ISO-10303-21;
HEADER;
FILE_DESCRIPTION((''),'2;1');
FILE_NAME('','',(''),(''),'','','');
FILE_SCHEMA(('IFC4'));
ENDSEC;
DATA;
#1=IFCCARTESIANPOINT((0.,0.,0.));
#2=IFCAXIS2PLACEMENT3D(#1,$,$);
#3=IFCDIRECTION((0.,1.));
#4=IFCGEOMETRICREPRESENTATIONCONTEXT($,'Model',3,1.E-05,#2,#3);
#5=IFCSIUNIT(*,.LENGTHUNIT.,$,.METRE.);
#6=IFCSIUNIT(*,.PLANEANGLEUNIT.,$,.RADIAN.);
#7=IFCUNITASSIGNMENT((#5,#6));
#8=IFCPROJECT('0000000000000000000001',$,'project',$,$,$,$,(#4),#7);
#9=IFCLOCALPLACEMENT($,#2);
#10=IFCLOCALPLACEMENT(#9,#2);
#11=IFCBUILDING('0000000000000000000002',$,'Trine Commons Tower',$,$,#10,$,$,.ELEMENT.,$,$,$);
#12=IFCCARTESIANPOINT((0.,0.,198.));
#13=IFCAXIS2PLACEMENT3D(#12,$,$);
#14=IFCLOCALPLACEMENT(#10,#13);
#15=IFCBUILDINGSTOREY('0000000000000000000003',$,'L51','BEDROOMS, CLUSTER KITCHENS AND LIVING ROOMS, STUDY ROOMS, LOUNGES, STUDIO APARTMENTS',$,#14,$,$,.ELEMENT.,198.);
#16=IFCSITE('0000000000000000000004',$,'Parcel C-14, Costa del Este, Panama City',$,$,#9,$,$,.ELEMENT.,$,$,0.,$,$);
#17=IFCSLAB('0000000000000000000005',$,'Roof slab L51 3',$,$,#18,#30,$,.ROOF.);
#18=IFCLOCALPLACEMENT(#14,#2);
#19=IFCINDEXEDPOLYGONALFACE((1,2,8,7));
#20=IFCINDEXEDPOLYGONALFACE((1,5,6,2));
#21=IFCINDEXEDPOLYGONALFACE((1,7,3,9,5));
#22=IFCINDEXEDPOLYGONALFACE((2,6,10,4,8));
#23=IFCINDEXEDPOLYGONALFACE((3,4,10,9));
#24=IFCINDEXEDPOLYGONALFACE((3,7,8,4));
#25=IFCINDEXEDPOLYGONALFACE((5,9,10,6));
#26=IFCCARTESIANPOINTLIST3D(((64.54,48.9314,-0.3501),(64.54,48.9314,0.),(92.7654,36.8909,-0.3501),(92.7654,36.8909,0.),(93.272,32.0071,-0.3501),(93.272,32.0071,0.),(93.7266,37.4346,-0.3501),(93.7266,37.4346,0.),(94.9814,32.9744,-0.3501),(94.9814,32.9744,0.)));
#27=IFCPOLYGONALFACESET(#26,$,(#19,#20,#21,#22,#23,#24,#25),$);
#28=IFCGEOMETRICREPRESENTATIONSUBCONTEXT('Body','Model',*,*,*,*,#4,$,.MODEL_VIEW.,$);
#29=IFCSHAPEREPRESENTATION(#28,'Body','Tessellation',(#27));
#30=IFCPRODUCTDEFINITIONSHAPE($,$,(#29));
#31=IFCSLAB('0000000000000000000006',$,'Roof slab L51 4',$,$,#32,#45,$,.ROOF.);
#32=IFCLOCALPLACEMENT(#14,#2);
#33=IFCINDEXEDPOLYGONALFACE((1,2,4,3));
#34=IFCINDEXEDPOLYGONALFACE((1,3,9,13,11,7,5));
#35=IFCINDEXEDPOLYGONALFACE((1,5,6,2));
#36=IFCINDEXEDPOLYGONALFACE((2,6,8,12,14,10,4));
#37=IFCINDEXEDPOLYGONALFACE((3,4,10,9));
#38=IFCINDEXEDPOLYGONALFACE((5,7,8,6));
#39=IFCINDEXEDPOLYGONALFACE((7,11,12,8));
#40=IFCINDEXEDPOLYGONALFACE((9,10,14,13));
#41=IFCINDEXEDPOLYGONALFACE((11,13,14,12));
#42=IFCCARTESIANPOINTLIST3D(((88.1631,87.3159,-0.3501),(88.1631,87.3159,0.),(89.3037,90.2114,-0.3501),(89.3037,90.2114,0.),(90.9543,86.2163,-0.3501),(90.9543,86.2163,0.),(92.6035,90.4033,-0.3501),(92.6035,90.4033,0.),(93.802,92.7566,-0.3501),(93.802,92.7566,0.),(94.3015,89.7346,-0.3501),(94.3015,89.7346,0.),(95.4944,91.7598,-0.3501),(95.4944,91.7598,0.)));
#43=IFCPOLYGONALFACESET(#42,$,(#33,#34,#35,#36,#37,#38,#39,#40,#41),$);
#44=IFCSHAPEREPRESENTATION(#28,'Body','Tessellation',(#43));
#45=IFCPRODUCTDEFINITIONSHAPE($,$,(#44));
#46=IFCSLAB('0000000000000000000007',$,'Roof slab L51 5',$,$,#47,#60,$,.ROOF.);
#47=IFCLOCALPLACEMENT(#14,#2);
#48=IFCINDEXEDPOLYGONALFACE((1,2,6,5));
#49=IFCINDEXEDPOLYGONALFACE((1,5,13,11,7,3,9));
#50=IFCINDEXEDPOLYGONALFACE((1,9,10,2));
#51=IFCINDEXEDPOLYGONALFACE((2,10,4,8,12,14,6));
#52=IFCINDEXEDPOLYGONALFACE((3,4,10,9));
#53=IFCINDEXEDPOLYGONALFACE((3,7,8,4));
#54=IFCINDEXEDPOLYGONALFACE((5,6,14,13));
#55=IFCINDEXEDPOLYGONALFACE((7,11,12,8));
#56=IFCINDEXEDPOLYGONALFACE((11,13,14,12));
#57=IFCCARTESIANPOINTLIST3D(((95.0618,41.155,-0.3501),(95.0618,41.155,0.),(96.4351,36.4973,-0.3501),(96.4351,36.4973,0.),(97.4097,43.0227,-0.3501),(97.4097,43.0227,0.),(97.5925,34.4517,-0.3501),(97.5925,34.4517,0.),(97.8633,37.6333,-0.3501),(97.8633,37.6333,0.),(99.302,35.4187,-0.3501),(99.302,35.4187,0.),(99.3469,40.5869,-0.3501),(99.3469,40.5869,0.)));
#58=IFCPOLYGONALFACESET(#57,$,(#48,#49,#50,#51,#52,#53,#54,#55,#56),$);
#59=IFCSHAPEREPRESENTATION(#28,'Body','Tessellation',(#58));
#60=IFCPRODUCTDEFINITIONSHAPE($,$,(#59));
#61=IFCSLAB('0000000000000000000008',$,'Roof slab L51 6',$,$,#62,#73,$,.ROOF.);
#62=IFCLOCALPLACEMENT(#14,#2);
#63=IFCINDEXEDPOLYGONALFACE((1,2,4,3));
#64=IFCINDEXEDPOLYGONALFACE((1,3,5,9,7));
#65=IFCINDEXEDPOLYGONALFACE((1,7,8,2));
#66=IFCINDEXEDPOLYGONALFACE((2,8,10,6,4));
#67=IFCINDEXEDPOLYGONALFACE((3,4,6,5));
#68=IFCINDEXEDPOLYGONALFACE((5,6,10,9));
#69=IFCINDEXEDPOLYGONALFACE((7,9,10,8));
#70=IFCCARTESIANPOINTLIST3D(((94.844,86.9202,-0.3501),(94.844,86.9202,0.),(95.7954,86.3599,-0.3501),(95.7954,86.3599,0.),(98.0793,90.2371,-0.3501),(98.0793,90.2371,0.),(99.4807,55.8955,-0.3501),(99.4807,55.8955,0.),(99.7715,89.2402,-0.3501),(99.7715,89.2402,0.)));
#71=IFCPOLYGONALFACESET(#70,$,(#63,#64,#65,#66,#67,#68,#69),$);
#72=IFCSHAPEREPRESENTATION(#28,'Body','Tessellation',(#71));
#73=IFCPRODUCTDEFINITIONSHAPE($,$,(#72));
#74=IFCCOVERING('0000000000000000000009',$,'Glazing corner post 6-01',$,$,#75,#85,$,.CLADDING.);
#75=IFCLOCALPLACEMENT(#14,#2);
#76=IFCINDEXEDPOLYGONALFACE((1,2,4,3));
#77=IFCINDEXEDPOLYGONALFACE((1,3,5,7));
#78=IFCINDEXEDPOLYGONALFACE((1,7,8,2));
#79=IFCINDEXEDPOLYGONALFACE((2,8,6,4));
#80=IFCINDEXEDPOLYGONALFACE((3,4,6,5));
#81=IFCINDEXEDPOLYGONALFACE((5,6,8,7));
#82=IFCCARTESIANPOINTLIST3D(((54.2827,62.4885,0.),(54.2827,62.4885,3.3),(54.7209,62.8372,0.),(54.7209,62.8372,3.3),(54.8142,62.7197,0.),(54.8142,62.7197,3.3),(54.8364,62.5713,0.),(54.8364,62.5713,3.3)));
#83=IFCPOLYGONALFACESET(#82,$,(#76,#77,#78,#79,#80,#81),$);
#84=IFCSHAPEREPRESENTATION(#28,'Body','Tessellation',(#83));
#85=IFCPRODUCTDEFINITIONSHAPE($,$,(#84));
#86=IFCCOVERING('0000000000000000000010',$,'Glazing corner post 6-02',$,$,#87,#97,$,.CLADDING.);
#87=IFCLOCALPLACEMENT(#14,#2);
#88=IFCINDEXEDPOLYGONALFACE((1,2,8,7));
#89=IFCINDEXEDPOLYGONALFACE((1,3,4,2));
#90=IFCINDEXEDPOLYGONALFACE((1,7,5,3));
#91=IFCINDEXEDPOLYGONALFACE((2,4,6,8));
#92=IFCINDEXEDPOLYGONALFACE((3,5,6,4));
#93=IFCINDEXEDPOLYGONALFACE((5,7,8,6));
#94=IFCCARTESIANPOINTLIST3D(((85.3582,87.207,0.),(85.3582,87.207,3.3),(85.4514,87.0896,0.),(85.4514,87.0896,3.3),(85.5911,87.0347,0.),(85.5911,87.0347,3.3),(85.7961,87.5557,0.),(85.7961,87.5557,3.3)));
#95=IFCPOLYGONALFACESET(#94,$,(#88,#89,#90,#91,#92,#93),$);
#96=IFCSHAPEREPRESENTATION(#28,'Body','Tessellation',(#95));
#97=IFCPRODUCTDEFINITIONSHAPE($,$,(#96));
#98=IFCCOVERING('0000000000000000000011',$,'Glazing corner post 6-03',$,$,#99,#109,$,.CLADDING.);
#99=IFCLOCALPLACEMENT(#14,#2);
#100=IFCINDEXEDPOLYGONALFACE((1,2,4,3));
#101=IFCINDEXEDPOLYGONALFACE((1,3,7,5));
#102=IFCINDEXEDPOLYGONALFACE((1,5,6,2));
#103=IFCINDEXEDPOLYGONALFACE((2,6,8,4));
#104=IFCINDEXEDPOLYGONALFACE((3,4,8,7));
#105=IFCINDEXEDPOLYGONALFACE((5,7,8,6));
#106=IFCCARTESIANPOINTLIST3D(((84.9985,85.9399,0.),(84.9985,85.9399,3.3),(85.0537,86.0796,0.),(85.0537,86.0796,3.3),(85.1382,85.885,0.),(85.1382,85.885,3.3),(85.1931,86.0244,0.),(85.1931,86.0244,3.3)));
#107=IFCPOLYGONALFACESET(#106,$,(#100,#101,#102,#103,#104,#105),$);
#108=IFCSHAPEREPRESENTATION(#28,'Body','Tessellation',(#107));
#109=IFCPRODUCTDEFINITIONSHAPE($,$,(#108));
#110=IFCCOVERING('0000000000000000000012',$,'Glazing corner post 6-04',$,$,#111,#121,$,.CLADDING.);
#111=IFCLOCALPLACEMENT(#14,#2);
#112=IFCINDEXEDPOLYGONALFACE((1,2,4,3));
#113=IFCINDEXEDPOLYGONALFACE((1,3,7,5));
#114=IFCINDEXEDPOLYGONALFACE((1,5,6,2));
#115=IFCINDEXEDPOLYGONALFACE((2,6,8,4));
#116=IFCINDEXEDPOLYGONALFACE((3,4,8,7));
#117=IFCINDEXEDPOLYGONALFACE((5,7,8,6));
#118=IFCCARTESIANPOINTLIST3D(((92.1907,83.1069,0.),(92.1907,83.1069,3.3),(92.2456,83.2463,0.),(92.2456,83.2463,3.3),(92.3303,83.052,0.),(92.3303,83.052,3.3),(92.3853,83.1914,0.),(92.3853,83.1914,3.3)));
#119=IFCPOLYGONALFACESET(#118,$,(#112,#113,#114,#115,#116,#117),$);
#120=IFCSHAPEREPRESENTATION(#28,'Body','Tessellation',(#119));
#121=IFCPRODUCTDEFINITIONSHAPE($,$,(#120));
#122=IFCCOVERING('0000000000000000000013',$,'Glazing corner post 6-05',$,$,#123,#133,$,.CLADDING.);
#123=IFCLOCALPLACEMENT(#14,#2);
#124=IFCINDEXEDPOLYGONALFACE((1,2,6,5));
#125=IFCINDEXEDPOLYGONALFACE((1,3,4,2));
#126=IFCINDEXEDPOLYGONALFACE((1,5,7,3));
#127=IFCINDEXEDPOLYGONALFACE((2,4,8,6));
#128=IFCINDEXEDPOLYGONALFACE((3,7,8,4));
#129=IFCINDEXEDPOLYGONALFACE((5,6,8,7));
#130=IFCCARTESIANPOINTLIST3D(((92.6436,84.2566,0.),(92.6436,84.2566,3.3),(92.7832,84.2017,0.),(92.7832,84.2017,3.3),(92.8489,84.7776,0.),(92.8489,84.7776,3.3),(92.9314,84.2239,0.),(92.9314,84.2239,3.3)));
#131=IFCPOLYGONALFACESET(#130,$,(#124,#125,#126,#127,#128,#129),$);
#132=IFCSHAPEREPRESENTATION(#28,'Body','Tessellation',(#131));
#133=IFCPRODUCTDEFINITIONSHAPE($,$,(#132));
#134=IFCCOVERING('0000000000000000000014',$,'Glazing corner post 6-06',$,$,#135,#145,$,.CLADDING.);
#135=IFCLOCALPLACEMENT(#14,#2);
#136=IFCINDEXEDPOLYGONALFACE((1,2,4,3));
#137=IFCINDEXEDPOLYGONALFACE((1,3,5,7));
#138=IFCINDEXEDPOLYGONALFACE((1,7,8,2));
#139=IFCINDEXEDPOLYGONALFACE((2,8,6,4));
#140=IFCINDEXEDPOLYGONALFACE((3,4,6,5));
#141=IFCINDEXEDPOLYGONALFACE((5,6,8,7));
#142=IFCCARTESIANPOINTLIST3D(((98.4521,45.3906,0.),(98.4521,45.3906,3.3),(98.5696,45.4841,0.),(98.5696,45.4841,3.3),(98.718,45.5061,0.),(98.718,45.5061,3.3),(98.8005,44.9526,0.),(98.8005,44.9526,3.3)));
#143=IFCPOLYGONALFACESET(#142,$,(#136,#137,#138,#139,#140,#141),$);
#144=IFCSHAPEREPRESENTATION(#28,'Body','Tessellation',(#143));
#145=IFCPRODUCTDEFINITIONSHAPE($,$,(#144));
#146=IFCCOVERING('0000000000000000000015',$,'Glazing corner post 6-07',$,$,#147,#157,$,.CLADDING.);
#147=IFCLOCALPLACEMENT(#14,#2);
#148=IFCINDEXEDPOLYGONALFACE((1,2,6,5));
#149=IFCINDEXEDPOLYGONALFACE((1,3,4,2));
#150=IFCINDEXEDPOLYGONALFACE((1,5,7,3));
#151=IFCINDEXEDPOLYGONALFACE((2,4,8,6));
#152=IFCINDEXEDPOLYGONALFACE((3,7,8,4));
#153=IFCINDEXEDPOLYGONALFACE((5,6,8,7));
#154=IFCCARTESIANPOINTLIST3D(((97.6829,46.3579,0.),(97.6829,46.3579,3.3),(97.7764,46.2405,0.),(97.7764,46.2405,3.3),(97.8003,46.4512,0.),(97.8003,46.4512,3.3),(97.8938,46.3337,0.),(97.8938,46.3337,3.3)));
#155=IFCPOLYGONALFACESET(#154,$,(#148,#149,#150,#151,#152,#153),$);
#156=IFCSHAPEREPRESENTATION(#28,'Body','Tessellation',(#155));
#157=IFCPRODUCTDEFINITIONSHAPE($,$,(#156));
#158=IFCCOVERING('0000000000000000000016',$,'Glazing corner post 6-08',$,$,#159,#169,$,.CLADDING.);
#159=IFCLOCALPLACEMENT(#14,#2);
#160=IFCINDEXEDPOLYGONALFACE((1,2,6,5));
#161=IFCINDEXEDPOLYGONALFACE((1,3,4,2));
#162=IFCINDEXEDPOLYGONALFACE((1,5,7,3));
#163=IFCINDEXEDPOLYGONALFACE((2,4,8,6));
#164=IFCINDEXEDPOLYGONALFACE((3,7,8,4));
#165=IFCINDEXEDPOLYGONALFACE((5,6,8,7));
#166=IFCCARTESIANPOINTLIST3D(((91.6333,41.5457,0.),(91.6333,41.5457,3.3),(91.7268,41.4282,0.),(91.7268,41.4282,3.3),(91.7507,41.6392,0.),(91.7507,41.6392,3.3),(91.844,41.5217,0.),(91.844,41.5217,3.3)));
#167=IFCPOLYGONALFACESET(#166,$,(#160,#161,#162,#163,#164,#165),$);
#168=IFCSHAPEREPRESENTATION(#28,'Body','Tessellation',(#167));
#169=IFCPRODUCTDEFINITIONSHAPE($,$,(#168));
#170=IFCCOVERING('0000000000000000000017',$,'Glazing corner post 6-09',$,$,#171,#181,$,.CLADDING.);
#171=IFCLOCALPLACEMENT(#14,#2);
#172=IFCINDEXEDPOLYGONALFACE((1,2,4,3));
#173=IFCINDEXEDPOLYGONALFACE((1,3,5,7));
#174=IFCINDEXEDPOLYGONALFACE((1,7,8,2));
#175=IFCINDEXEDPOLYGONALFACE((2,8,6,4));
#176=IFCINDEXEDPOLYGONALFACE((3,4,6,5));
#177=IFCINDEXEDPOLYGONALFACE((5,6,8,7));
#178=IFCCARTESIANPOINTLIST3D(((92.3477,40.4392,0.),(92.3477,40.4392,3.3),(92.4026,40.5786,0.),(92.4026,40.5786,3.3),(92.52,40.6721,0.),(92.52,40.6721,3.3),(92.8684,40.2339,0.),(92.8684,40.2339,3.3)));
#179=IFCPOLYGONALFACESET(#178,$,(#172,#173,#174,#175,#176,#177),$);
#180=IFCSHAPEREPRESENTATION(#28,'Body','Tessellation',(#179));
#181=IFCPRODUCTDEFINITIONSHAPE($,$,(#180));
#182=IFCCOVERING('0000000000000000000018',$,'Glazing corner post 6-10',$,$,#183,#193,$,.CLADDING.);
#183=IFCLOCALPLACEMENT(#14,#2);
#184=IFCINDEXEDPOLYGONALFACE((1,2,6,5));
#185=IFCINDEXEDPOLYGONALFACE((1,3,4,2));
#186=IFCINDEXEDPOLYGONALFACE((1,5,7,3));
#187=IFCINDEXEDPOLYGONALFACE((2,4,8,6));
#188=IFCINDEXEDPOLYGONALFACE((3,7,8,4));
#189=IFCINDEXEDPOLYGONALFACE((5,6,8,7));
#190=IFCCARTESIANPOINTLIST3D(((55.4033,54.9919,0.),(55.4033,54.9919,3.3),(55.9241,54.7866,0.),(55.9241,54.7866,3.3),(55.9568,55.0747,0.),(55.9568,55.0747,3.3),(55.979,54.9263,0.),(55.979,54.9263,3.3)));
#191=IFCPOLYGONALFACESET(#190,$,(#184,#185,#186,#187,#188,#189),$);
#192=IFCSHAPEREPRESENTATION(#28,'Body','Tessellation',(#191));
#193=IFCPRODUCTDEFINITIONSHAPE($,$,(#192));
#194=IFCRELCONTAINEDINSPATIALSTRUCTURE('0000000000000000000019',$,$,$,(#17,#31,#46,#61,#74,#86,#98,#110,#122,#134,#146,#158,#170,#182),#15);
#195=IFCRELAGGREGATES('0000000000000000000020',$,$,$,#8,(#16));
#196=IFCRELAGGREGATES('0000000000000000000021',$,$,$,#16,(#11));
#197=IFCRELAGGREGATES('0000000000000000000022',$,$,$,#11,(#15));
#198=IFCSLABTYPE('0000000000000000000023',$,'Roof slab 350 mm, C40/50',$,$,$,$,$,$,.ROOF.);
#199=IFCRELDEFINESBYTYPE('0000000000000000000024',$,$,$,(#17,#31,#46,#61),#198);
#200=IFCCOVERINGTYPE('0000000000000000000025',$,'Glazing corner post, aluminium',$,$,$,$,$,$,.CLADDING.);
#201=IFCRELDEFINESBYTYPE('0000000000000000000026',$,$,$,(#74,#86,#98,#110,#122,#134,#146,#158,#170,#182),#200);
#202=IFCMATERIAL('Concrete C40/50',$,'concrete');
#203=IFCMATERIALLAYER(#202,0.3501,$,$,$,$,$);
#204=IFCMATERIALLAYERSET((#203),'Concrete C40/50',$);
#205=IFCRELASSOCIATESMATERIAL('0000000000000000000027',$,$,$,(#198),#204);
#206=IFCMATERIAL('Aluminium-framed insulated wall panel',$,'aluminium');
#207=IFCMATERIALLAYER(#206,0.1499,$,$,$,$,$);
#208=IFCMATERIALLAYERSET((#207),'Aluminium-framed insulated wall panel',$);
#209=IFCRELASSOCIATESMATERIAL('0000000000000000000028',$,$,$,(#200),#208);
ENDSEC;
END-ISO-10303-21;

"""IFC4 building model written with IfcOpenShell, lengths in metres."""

from ifc_helpers import new_model, si_unit, direction, frame, origin, place, context, subcontext, project, spatial, polyline, outline, extrude, material, layer, layer_set, type_object, element, save


model = new_model("IFC4")

# Units and contexts
model_context = context("Model", 3, precision=1e-05, world=origin(), true_north=direction((0.0, 1.0)))
body_context = subcontext(model_context, "Body", "Model", "MODEL_VIEW")
ifc_project = project(units=[si_unit("LENGTHUNIT", "METRE"), si_unit("PLANEANGLEUNIT", "RADIAN")], contexts=[model_context])

# Site, building, storey
site_placement = place(None, origin())
site = spatial("IfcSite", under=ifc_project, at=site_placement, Name="Parcel C-14, Costa del Este, Panama City", CompositionType="ELEMENT", RefElevation=0.0)
building_placement = place(site_placement, origin())
building = spatial("IfcBuilding", under=site, at=building_placement, Name="Trine Commons Tower", CompositionType="ELEMENT")
storey_placement = place(building_placement, frame((0.0, 0.0, 198.0)))
storey = spatial("IfcBuildingStorey", under=building, at=storey_placement, Name="L51", Description="BEDROOMS, CLUSTER KITCHENS AND LIVING ROOMS, STUDY ROOMS, LOUNGES, STUDIO APARTMENTS", CompositionType="ELEMENT", Elevation=198.0)

# Slabs
ifc_material_1 = material(Name="Concrete C40/50", Category="concrete")
ifc_layer_1 = layer(ifc_material_1, 0.3501)
ifc_layer_set_1 = layer_set([ifc_layer_1], Name="Concrete C40/50")
slab_type_1 = type_object("IfcSlabType", Name="Roof slab 350 mm, C40/50", PredefinedType="ROOF", material=ifc_layer_set_1)
slab_1_placement = place(storey_placement, frame((0.0, 0.0, -0.3501)))
element("IfcSlab", 1, at=slab_1_placement, inside=storey, type_object=slab_type_1, Name="Roof slab L51 3", PredefinedType="ROOF", context=body_context, shape_type="SweptSolid", body=[
    extrude(outline(polyline([(93.7266, 37.4346), (64.54, 48.9314), (93.272, 32.0071), (94.9814, 32.9744), (92.7654, 36.8909), (93.7266, 37.4346)])), origin(), (0.0, 0.0, 1.0), 0.3501),
])
slab_2_placement = place(storey_placement, frame((0.0, 0.0, -0.3501)))
element("IfcSlab", 2, at=slab_2_placement, inside=storey, type_object=slab_type_1, Name="Roof slab L51 4", PredefinedType="ROOF", context=body_context, shape_type="SweptSolid", body=[
    extrude(outline(polyline([(89.3037, 90.2114), (88.1631, 87.3159), (90.9543, 86.2163), (92.6035, 90.4033), (94.3015, 89.7346), (95.4944, 91.7598), (93.802, 92.7566), (89.3037, 90.2114)])), origin(), (0.0, 0.0, 1.0), 0.3501),
])
slab_3_placement = place(storey_placement, frame((0.0, 0.0, -0.3501)))
element("IfcSlab", 3, at=slab_3_placement, inside=storey, type_object=slab_type_1, Name="Roof slab L51 5", PredefinedType="ROOF", context=body_context, shape_type="SweptSolid", body=[
    extrude(outline(polyline([(99.302, 35.4187), (99.3469, 40.5869), (97.4097, 43.0227), (95.0618, 41.155), (97.8633, 37.6333), (96.4351, 36.4973), (97.5925, 34.4517), (99.302, 35.4187)])), origin(), (0.0, 0.0, 1.0), 0.3501),
])
slab_4_placement = place(storey_placement, frame((0.0, 0.0, -0.3501)))
element("IfcSlab", 4, at=slab_4_placement, inside=storey, type_object=slab_type_1, Name="Roof slab L51 6", PredefinedType="ROOF", context=body_context, shape_type="SweptSolid", body=[
    extrude(outline(polyline([(94.844, 86.9202), (99.4807, 55.8955), (99.7715, 89.2402), (98.0793, 90.2371), (95.7954, 86.3599), (94.844, 86.9202)])), origin(), (0.0, 0.0, 1.0), 0.3501),
])

# Coverings
ifc_material_2 = material(Name="Aluminium-framed insulated wall panel", Category="aluminium")
ifc_layer_2 = layer(ifc_material_2, 0.1499)
ifc_layer_set_2 = layer_set([ifc_layer_2], Name="Aluminium-framed insulated wall panel")
covering_type_1 = type_object("IfcCoveringType", Name="Glazing corner post, aluminium", PredefinedType="CLADDING", material=ifc_layer_set_2)
covering_1_placement = place(storey_placement, origin())
element("IfcCovering", 5, at=covering_1_placement, inside=storey, type_object=covering_type_1, Name="Glazing corner post 6-01", PredefinedType="CLADDING", context=body_context, shape_type="SweptSolid", body=[
    extrude(outline(polyline([(54.8364, 62.5713), (54.8142, 62.7197), (54.7209, 62.8372), (54.2827, 62.4885), (54.8364, 62.5713)])), origin(), (0.0, 0.0, 1.0), 3.3),
])
covering_2_placement = place(storey_placement, origin())
element("IfcCovering", 6, at=covering_2_placement, inside=storey, type_object=covering_type_1, Name="Glazing corner post 6-02", PredefinedType="CLADDING", context=body_context, shape_type="SweptSolid", body=[
    extrude(outline(polyline([(85.4514, 87.0896), (85.4514, 87.0896), (85.5911, 87.0347), (85.7961, 87.5557), (85.3582, 87.207), (85.4514, 87.0896)])), origin(), (0.0, 0.0, 1.0), 3.3),
])
covering_3_placement = place(storey_placement, origin())
element("IfcCovering", 7, at=covering_3_placement, inside=storey, type_object=covering_type_1, Name="Glazing corner post 6-03", PredefinedType="CLADDING", context=body_context, shape_type="SweptSolid", body=[
    extrude(outline(polyline([(85.1382, 85.885), (85.1931, 86.0244), (85.0537, 86.0796), (84.9985, 85.9399), (85.1382, 85.885)])), origin(), (0.0, 0.0, 1.0), 3.3),
])
covering_4_placement = place(storey_placement, origin())
element("IfcCovering", 8, at=covering_4_placement, inside=storey, type_object=covering_type_1, Name="Glazing corner post 6-04", PredefinedType="CLADDING", context=body_context, shape_type="SweptSolid", body=[
    extrude(outline(polyline([(92.1907, 83.1069), (92.3303, 83.052), (92.3853, 83.1914), (92.2456, 83.2463), (92.1907, 83.1069)])), origin(), (0.0, 0.0, 1.0), 3.3),
])
covering_5_placement = place(storey_placement, origin())
element("IfcCovering", 9, at=covering_5_placement, inside=storey, type_object=covering_type_1, Name="Glazing corner post 6-05", PredefinedType="CLADDING", context=body_context, shape_type="SweptSolid", body=[
    extrude(outline(polyline([(92.6436, 84.2566), (92.7832, 84.2017), (92.9314, 84.2239), (92.8489, 84.7776), (92.6436, 84.2566)])), origin(), (0.0, 0.0, 1.0), 3.3),
])
covering_6_placement = place(storey_placement, origin())
element("IfcCovering", 10, at=covering_6_placement, inside=storey, type_object=covering_type_1, Name="Glazing corner post 6-06", PredefinedType="CLADDING", context=body_context, shape_type="SweptSolid", body=[
    extrude(outline(polyline([(98.4521, 45.3906), (98.8005, 44.9526), (98.718, 45.5061), (98.5696, 45.4841), (98.4521, 45.3906)])), origin(), (0.0, 0.0, 1.0), 3.3),
])
covering_7_placement = place(storey_placement, origin())
element("IfcCovering", 11, at=covering_7_placement, inside=storey, type_object=covering_type_1, Name="Glazing corner post 6-07", PredefinedType="CLADDING", context=body_context, shape_type="SweptSolid", body=[
    extrude(outline(polyline([(97.6829, 46.3579), (97.7764, 46.2405), (97.7764, 46.2405), (97.8938, 46.3337), (97.8003, 46.4512), (97.8003, 46.4512), (97.6829, 46.3579)])), origin(), (0.0, 0.0, 1.0), 3.3),
])
covering_8_placement = place(storey_placement, origin())
element("IfcCovering", 12, at=covering_8_placement, inside=storey, type_object=covering_type_1, Name="Glazing corner post 6-08", PredefinedType="CLADDING", context=body_context, shape_type="SweptSolid", body=[
    extrude(outline(polyline([(91.7268, 41.4282), (91.844, 41.5217), (91.7507, 41.6392), (91.6333, 41.5457), (91.7268, 41.4282)])), origin(), (0.0, 0.0, 1.0), 3.3),
])
covering_9_placement = place(storey_placement, origin())
element("IfcCovering", 13, at=covering_9_placement, inside=storey, type_object=covering_type_1, Name="Glazing corner post 6-09", PredefinedType="CLADDING", context=body_context, shape_type="SweptSolid", body=[
    extrude(outline(polyline([(92.3477, 40.4392), (92.8684, 40.2339), (92.52, 40.6721), (92.4026, 40.5786), (92.3477, 40.4392)])), origin(), (0.0, 0.0, 1.0), 3.3),
])
covering_10_placement = place(storey_placement, origin())
element("IfcCovering", 14, at=covering_10_placement, inside=storey, type_object=covering_type_1, Name="Glazing corner post 6-10", PredefinedType="CLADDING", context=body_context, shape_type="SweptSolid", body=[
    extrude(outline(polyline([(55.9241, 54.7866), (55.979, 54.9263), (55.9568, 55.0747), (55.4033, 54.9919), (55.9241, 54.7866)])), origin(), (0.0, 0.0, 1.0), 3.3),
])

save(model, "model.ifc")
